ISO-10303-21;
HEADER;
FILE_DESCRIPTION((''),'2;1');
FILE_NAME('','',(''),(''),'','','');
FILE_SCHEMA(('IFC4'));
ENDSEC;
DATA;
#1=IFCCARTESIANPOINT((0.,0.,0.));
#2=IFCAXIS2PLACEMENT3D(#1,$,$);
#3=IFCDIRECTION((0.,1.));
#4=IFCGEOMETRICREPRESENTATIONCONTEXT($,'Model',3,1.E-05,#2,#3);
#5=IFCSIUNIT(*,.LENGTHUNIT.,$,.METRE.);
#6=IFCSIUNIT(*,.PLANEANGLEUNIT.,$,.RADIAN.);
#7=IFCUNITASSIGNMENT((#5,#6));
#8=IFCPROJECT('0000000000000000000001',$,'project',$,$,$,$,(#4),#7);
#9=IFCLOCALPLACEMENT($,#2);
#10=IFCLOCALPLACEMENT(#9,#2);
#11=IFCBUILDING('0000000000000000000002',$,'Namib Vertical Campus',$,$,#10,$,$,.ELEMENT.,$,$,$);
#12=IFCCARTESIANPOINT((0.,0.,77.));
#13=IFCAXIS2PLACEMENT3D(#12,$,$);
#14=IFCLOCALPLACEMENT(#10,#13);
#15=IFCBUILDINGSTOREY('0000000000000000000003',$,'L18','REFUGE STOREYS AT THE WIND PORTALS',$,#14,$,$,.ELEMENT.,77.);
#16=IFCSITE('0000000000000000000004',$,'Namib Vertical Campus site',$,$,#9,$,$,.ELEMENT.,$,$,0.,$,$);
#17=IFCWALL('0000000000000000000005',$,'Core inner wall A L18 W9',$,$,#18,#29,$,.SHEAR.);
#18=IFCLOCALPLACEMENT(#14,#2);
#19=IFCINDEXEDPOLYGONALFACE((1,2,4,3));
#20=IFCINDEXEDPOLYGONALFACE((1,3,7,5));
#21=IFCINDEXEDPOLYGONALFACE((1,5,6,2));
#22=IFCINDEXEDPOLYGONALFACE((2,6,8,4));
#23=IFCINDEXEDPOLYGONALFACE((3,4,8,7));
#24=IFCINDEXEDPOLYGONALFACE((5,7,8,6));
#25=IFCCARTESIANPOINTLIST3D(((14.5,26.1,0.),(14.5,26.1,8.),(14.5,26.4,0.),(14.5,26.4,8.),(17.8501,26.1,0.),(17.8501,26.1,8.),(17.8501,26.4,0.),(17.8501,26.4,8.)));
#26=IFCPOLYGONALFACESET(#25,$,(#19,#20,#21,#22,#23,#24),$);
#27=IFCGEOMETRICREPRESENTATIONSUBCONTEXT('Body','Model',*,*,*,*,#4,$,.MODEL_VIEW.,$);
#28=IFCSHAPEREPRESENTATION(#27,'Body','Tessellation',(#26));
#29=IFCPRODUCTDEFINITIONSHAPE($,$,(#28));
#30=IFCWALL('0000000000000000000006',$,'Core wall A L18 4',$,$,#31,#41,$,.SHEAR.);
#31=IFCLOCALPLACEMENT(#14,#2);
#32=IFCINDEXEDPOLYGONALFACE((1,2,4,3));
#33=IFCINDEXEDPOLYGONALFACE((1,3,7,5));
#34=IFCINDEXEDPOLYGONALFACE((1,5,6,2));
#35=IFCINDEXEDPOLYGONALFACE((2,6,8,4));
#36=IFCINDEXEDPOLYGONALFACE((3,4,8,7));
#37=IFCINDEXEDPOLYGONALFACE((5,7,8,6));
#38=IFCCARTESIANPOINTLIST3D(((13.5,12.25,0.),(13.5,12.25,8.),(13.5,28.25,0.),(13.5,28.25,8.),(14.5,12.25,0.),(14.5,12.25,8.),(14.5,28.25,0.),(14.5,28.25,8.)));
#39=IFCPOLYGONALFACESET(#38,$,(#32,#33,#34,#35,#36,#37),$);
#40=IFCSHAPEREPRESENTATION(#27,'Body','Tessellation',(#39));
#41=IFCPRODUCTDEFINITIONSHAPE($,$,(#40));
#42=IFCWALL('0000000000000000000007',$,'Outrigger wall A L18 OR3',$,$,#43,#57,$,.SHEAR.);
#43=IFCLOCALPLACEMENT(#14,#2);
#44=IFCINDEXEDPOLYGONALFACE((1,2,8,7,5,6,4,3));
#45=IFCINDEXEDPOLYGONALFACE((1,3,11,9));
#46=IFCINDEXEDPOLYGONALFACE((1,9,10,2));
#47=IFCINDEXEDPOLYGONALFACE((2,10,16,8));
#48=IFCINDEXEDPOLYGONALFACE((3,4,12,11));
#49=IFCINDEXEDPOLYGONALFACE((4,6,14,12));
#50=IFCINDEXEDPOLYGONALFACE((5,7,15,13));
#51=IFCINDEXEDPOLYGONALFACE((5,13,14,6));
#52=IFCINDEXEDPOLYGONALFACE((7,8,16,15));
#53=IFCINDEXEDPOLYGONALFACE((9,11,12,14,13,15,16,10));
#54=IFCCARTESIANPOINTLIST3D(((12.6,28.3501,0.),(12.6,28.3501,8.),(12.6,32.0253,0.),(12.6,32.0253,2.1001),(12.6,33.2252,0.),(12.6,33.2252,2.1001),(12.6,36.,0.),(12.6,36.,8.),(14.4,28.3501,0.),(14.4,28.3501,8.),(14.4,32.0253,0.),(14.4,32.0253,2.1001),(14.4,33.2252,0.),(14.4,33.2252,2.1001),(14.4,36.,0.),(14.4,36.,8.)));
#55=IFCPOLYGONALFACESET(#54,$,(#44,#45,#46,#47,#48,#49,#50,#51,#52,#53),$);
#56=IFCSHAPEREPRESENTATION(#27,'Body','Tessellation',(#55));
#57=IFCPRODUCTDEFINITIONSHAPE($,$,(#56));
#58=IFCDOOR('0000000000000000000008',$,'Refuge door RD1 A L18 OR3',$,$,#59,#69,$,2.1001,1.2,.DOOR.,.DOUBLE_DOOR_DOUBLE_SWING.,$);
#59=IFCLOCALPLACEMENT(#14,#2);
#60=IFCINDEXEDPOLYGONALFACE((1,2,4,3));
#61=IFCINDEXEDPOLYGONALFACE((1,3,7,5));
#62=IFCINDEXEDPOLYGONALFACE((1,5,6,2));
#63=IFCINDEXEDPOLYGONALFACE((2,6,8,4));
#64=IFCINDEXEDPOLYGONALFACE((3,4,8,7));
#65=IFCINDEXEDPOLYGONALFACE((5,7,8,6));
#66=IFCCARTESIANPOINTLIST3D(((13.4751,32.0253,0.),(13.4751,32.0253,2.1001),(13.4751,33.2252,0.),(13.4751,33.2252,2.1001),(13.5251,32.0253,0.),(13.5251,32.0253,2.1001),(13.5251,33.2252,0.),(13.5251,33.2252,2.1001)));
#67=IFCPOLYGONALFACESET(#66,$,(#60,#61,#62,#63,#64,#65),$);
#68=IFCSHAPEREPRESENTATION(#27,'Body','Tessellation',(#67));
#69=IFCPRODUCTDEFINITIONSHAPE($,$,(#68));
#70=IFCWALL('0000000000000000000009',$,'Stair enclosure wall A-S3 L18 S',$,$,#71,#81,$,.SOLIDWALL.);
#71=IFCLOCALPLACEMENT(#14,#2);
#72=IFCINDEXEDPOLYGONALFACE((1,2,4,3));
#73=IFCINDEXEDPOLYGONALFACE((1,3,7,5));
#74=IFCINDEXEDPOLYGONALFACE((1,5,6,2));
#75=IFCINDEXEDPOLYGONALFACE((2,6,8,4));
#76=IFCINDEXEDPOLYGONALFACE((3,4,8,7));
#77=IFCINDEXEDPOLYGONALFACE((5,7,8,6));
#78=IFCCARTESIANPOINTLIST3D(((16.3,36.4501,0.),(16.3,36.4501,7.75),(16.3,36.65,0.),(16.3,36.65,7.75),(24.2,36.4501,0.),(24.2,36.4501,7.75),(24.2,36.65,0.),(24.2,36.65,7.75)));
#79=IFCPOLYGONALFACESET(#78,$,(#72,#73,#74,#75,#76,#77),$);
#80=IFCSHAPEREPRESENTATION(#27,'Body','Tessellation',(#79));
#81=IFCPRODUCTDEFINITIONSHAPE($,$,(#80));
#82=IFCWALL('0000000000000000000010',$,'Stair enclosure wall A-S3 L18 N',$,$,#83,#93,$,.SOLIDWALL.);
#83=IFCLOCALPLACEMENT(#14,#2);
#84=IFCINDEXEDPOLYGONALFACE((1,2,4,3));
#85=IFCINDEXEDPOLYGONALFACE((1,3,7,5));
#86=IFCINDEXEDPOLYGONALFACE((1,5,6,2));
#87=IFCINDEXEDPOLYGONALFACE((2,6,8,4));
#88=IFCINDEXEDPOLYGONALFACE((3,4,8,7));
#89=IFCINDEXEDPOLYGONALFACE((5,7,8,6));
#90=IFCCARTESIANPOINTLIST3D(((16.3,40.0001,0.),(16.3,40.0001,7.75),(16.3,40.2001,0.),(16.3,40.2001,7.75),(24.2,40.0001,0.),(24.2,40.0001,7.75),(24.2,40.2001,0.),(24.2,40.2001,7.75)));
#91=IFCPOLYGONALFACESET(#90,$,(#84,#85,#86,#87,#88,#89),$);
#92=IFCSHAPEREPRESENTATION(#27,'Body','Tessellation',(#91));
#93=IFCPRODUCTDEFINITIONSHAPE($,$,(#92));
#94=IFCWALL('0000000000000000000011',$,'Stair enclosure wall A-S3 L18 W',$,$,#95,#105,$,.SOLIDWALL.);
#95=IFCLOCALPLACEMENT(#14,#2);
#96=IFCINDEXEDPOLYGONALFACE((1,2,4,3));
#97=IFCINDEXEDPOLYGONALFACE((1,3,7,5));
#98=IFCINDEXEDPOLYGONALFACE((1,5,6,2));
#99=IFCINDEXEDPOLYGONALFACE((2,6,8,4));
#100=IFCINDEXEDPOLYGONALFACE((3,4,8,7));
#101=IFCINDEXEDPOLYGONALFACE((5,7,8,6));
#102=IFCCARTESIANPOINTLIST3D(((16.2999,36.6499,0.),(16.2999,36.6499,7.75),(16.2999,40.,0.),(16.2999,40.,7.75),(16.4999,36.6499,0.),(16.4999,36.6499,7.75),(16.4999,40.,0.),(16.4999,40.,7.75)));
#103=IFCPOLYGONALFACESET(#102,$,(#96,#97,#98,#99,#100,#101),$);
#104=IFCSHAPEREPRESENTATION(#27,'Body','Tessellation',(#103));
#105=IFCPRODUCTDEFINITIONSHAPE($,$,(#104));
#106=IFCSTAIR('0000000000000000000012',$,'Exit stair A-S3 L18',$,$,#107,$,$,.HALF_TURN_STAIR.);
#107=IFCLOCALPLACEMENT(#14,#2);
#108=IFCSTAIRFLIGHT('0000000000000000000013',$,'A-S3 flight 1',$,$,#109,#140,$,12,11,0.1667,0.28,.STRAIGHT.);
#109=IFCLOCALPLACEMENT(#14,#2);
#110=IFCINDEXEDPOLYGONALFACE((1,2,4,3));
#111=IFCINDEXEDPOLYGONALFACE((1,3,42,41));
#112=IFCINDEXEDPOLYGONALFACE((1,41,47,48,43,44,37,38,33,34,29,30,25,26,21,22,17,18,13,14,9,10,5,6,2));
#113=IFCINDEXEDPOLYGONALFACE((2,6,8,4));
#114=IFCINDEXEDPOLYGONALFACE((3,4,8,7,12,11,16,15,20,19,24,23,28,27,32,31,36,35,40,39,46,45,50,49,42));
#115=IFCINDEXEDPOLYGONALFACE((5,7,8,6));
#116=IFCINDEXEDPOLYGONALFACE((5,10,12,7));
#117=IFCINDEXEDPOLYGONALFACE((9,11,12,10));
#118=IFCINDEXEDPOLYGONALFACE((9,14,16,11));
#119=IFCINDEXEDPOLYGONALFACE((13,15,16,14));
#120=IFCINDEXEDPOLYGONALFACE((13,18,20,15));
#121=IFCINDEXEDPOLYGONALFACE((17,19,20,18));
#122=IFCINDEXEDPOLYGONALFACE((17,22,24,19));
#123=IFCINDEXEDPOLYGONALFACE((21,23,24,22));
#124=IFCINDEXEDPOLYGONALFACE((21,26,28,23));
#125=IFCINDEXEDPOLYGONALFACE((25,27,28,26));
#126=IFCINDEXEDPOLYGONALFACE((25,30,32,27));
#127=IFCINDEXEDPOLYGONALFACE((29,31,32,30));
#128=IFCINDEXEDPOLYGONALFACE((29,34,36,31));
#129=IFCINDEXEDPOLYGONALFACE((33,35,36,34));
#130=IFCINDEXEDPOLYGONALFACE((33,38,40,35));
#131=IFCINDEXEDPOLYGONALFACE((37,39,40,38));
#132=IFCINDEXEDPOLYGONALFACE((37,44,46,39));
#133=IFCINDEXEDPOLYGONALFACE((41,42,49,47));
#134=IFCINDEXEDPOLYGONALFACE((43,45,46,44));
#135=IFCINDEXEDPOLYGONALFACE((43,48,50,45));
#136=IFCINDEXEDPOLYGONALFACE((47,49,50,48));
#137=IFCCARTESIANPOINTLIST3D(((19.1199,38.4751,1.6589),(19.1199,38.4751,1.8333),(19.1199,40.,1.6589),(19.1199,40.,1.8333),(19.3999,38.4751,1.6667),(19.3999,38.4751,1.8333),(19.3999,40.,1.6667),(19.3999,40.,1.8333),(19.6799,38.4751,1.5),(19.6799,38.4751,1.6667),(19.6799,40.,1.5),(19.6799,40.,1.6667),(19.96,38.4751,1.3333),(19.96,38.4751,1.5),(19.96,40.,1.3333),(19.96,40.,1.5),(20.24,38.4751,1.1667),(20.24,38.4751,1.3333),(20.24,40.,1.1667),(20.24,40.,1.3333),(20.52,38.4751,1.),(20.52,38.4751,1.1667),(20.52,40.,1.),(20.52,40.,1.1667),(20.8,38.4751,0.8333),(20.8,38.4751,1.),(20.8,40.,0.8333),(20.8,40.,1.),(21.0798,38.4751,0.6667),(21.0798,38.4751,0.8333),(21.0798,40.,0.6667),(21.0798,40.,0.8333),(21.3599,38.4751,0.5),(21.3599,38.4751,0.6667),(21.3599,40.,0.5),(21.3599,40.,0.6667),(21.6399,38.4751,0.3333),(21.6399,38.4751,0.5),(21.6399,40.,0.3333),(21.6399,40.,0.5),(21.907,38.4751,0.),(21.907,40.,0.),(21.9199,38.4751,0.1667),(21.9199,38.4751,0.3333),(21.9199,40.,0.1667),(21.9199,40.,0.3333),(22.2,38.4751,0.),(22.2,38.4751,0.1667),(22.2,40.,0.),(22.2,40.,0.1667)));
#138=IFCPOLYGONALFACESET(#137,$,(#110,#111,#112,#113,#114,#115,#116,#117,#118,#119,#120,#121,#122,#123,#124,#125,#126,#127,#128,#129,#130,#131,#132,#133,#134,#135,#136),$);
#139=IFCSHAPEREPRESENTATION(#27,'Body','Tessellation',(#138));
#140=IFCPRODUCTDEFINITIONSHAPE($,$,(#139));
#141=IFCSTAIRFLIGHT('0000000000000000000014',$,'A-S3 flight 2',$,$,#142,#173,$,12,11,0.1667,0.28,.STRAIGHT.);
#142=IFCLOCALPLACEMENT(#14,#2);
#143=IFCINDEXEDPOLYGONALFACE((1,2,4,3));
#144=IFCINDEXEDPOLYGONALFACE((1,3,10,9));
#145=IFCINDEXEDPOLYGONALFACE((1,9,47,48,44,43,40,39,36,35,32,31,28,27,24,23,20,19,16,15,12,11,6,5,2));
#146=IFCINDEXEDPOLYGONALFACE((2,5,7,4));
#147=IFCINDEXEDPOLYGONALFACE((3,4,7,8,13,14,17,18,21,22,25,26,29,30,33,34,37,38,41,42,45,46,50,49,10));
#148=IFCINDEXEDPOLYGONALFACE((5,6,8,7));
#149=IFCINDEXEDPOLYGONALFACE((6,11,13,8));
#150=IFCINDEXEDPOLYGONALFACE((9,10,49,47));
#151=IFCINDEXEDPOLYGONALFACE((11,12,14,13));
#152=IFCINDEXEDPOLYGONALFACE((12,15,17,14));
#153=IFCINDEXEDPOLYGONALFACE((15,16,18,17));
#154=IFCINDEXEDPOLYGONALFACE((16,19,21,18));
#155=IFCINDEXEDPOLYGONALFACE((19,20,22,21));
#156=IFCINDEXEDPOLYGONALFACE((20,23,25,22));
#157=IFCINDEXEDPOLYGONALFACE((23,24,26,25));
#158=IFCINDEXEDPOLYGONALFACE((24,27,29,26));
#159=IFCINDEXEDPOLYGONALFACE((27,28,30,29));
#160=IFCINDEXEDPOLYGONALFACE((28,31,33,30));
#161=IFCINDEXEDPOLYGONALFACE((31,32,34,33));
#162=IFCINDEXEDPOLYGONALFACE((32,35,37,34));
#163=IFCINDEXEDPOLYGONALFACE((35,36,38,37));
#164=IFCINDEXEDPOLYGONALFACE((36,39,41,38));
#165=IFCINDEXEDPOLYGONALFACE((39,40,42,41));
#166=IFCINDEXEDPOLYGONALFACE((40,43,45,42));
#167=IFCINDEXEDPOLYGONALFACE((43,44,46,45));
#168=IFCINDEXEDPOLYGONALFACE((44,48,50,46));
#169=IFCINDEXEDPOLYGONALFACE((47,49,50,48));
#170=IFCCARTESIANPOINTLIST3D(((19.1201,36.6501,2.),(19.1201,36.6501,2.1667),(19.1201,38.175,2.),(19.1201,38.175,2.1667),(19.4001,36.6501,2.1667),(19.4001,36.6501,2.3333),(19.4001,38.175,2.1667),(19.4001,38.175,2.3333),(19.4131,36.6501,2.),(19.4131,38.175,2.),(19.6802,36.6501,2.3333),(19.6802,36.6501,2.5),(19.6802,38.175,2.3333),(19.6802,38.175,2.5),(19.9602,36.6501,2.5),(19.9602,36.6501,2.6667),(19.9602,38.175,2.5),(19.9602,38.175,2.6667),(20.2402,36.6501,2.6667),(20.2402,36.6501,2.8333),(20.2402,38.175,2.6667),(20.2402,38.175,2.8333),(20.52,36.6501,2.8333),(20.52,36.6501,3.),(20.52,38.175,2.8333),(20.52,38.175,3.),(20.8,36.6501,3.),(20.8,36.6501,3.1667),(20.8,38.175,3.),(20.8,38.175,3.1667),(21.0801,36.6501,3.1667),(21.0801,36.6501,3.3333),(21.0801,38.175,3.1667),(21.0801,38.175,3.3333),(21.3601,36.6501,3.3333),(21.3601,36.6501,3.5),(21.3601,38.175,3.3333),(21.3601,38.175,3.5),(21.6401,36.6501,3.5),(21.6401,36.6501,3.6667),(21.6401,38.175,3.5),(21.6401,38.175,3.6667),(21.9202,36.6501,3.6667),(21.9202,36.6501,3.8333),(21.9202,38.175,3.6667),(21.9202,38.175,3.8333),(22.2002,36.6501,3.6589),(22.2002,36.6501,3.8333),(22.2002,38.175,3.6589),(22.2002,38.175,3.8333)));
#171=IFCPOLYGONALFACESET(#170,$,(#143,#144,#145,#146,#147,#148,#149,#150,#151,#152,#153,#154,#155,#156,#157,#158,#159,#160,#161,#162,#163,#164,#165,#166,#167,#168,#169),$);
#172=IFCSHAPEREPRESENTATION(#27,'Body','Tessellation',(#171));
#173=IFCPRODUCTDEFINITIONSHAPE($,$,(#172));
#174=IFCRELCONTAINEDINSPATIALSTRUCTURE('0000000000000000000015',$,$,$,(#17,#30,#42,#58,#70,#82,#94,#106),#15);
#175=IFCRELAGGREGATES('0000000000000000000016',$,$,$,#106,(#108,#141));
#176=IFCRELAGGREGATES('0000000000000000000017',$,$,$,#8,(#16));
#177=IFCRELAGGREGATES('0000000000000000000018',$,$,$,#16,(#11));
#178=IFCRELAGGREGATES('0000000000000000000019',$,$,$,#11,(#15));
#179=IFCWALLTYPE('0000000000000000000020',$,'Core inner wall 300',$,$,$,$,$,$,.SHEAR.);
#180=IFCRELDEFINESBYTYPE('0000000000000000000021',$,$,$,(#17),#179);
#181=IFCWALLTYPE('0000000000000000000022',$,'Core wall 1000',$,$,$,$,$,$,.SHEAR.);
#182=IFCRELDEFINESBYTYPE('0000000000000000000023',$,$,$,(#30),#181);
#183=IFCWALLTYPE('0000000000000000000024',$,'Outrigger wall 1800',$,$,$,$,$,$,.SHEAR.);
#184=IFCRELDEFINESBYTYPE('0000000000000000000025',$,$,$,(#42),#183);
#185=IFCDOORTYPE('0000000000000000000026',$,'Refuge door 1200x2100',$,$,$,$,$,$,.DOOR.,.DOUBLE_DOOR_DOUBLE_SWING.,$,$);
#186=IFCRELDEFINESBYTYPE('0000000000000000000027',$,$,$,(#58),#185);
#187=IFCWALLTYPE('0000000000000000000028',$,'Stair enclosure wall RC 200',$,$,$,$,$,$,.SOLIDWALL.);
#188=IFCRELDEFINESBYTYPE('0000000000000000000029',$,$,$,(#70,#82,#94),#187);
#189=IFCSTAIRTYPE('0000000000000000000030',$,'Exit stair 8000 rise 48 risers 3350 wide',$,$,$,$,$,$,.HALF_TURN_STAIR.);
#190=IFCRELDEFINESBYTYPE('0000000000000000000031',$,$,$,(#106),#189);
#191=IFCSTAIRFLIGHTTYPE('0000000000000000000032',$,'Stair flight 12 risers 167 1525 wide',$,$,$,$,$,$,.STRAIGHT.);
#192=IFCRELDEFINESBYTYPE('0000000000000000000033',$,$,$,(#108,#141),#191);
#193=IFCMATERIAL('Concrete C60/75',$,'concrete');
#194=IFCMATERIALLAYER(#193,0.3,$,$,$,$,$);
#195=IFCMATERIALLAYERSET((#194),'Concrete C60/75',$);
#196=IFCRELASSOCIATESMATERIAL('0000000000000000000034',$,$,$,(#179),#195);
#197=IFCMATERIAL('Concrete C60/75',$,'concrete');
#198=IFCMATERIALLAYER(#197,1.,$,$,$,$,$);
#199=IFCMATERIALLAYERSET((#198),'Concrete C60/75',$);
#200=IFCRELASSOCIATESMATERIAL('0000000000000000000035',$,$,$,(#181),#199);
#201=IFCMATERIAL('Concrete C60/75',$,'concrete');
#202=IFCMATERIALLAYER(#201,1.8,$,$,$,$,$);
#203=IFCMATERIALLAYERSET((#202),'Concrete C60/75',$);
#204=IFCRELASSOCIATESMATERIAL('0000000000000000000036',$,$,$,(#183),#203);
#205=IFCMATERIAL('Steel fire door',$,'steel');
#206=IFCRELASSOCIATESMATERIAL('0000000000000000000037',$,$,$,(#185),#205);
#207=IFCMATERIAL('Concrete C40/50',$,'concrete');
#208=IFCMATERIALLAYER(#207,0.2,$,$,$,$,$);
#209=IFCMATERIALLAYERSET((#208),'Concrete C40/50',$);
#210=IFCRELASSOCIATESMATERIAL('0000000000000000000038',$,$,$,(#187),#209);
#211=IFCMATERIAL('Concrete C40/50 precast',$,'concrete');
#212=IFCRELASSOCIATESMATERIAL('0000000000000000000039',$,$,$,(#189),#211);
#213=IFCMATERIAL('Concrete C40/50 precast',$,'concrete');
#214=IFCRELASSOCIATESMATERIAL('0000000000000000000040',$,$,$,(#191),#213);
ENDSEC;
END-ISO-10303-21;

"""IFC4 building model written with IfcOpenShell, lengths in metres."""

from ifc_helpers import new_model, si_unit, direction, frame, frame_2d, origin, place, context, subcontext, project, spatial, polyline, rectangle, outline, extrude, material, layer, layer_set, type_object, element, fill, aggregate, save


model = new_model("IFC4")

# Units and contexts
model_context = context("Model", 3, precision=1e-05, world=origin(), true_north=direction((0.0, 1.0)))
body_context = subcontext(model_context, "Body", "Model", "MODEL_VIEW")
ifc_project = project(units=[si_unit("LENGTHUNIT", "METRE"), si_unit("PLANEANGLEUNIT", "RADIAN")], contexts=[model_context])

# Site, building, storey
site_placement = place(None, origin())
site = spatial("IfcSite", under=ifc_project, at=site_placement, Name="Namib Vertical Campus site", CompositionType="ELEMENT", RefElevation=0.0)
building_placement = place(site_placement, origin())
building = spatial("IfcBuilding", under=site, at=building_placement, Name="Namib Vertical Campus", CompositionType="ELEMENT")
storey_placement = place(building_placement, frame((0.0, 0.0, 77.0)))
storey = spatial("IfcBuildingStorey", under=building, at=storey_placement, Name="L18", Description="REFUGE STOREYS AT THE WIND PORTALS", CompositionType="ELEMENT", Elevation=77.0)

# Walls
ifc_material_1 = material(Name="Concrete C60/75", Category="concrete")
ifc_layer_1 = layer(ifc_material_1, 0.3)
ifc_layer_set_1 = layer_set([ifc_layer_1], Name="Concrete C60/75")
wall_type_1 = type_object("IfcWallType", Name="Core inner wall 300", PredefinedType="SHEAR", material=ifc_layer_set_1)
for number, where, z_axis, x_axis, name in (
    (1, (14.5, 26.25, 0.0), (0.0, 0.0, 1.0), (1.0, 0.0, 0.0), "Core inner wall A L18 W9"),
):
    element("IfcWall", number, at=place(storey_placement, frame(where, z_axis=z_axis, x_axis=x_axis)), inside=storey, type_object=wall_type_1, Name=name, PredefinedType="SHEAR", context=body_context, shape_type="SweptSolid", body=[
        extrude(rectangle(XDim=3.3501, YDim=0.3, at=frame_2d((1.675, 0.0))), origin(), (0.0, 0.0, 1.0), 8.0),
    ])
ifc_material_2 = material(Name="Concrete C60/75", Category="concrete")
ifc_layer_2 = layer(ifc_material_2, 1.0)
ifc_layer_set_2 = layer_set([ifc_layer_2], Name="Concrete C60/75")
wall_type_2 = type_object("IfcWallType", Name="Core wall 1000", PredefinedType="SHEAR", material=ifc_layer_set_2)
wall_1_placement = place(storey_placement, frame((14.0, 28.25, 0.0), z_axis=(0.0, 0.0, 1.0), x_axis=(0.0, -1.0, 0.0)))
element("IfcWall", 2, at=wall_1_placement, inside=storey, type_object=wall_type_2, Name="Core wall A L18 4", PredefinedType="SHEAR", context=body_context, shape_type="SweptSolid", body=[
    extrude(rectangle(XDim=16.0, YDim=1.0, at=frame_2d((8.0, 0.0))), origin(), (0.0, 0.0, 1.0), 8.0),
])

# Wall, opening, door
ifc_material_3 = material(Name="Concrete C60/75", Category="concrete")
ifc_layer_3 = layer(ifc_material_3, 1.8)
ifc_layer_set_3 = layer_set([ifc_layer_3], Name="Concrete C60/75")
wall_type_3 = type_object("IfcWallType", Name="Outrigger wall 1800", PredefinedType="SHEAR", material=ifc_layer_set_3)
wall_2_placement = place(storey_placement, frame((13.5, 28.3501, 0.0), z_axis=(0.0, 0.0, 1.0), x_axis=(0.0, 1.0, 0.0)))
wall_2 = element("IfcWall", 3, at=wall_2_placement, inside=storey, type_object=wall_type_3, Name="Outrigger wall A L18 OR3", PredefinedType="SHEAR", context=body_context, shape_type="SweptSolid", body=[
    extrude(rectangle(XDim=7.6499, YDim=1.8, at=frame_2d((3.825, 0.0))), origin(), (0.0, 0.0, 1.0), 8.0),
])
opening_placement = place(wall_2_placement, frame((3.675, 0.0, 0.0)))
opening = element("IfcOpeningElement", 4, at=opening_placement, cuts=wall_2, PredefinedType="OPENING", context=body_context, shape_type="SweptSolid", body=[
    extrude(rectangle(XDim=1.2, YDim=2.1001, at=frame_2d((0.6001, 1.05))), frame((0.0, 0.9099, 0.0), z_axis=(0.0, -1.0, 0.0), x_axis=(1.0, 0.0, 0.0)), (0.0, 0.0, 1.0), 1.8201),
])
ifc_material_4 = material(Name="Steel fire door", Category="steel")
door_type = type_object("IfcDoorType", Name="Refuge door 1200x2100", OperationType="DOUBLE_DOOR_DOUBLE_SWING", PredefinedType="DOOR", material=ifc_material_4)
door_placement = place(opening_placement, origin())
door = element("IfcDoor", 5, at=door_placement, inside=storey, type_object=door_type, Name="Refuge door RD1 A L18 OR3", OperationType="DOUBLE_DOOR_DOUBLE_SWING", OverallHeight=2.1001, OverallWidth=1.2, PredefinedType="DOOR", context=body_context, shape_type="SweptSolid", body=[
    extrude(rectangle(XDim=1.2, YDim=2.1001, at=frame_2d((0.6001, 1.05))), frame((0.0, 0.0249, 0.0), z_axis=(0.0, -1.0, 0.0), x_axis=(1.0, 0.0, 0.0)), (0.0, 0.0, 1.0), 0.05),
])
fill(opening, door)

# Walls
ifc_material_5 = material(Name="Concrete C40/50", Category="concrete")
ifc_layer_4 = layer(ifc_material_5, 0.2)
ifc_layer_set_4 = layer_set([ifc_layer_4], Name="Concrete C40/50")
wall_type_4 = type_object("IfcWallType", Name="Stair enclosure wall RC 200", PredefinedType="SOLIDWALL", material=ifc_layer_set_4)
for number, where, z_axis, x_axis, name in (
    (6, (16.3, 36.55, 0.0), (0.0, 0.0, 1.0), (1.0, 0.0, 0.0), "Stair enclosure wall A-S3 L18 S"),
    (7, (16.3, 40.1001, 0.0), (0.0, 0.0, 1.0), (1.0, 0.0, 0.0), "Stair enclosure wall A-S3 L18 N"),
):
    element("IfcWall", number, at=place(storey_placement, frame(where, z_axis=z_axis, x_axis=x_axis)), inside=storey, type_object=wall_type_4, Name=name, PredefinedType="SOLIDWALL", context=body_context, shape_type="SweptSolid", body=[
        extrude(rectangle(XDim=7.8999, YDim=0.2, at=frame_2d((3.95, 0.0))), origin(), (0.0, 0.0, 1.0), 7.75),
    ])
wall_3_placement = place(storey_placement, frame((16.3999, 36.6499, 0.0), z_axis=(0.0, 0.0, 1.0), x_axis=(0.0, 1.0, 0.0)))
element("IfcWall", 8, at=wall_3_placement, inside=storey, type_object=wall_type_4, Name="Stair enclosure wall A-S3 L18 W", PredefinedType="SOLIDWALL", context=body_context, shape_type="SweptSolid", body=[
    extrude(rectangle(XDim=3.3501, YDim=0.2, at=frame_2d((1.675, 0.0))), origin(), (0.0, 0.0, 1.0), 7.75),
])

# Stair, stair flights
ifc_material_6 = material(Name="Concrete C40/50 precast", Category="concrete")
stair_type = type_object("IfcStairType", Name="Exit stair 8000 rise 48 risers 3350 wide", PredefinedType="HALF_TURN_STAIR", material=ifc_material_6)
stair_placement = place(storey_placement, origin())
stair = element("IfcStair", 9, at=stair_placement, inside=storey, type_object=stair_type, Name="Exit stair A-S3 L18", PredefinedType="HALF_TURN_STAIR")
ifc_material_7 = material(Name="Concrete C40/50 precast", Category="concrete")
stair_flight_type = type_object("IfcStairFlightType", Name="Stair flight 12 risers 167 1525 wide", PredefinedType="STRAIGHT", material=ifc_material_7)
stair_flight_1_placement = place(storey_placement, frame((22.2, 39.2375, 0.0), z_axis=(0.0, 0.0, 1.0), x_axis=(-1.0, 0.0, 0.0)))
stair_flight_1 = element("IfcStairFlight", 10, at=stair_flight_1_placement, type_object=stair_flight_type, Name="A-S3 flight 1", NumberOfRisers=12, NumberOfTreads=11, PredefinedType="STRAIGHT", RiserHeight=0.1667, TreadLength=0.28, context=body_context, shape_type="SweptSolid", body=[
    extrude(outline(polyline([(0.0, 0.0), (0.0, 0.1667), (0.28, 0.1667), (0.28, 0.3333), (0.5601, 0.3333), (0.5601, 0.5), (0.8401, 0.5), (0.8401, 0.6667), (1.1201, 0.6667), (1.1201, 0.8333), (1.3999, 0.8333), (1.3999, 1.0), (1.6799, 1.0), (1.6799, 1.1667), (1.96, 1.1667), (1.96, 1.3333), (2.24, 1.3333), (2.24, 1.5), (2.52, 1.5), (2.52, 1.6667), (2.8, 1.6667), (2.8, 1.8333), (3.0801, 1.8333), (3.0801, 2.0), (3.0801, 1.6589), (0.293, 0.0), (0.0, 0.0)])), frame((0.0, 0.7625, 0.0), z_axis=(0.0, -1.0, 0.0), x_axis=(1.0, 0.0, 0.0)), (0.0, 0.0, 1.0), 1.5249),
])
stair_flight_2_placement = place(storey_placement, frame((19.1201, 37.4126, 2.0), z_axis=(0.0, 0.0, 1.0), x_axis=(1.0, 0.0, 0.0)))
stair_flight_2 = element("IfcStairFlight", 11, at=stair_flight_2_placement, type_object=stair_flight_type, Name="A-S3 flight 2", NumberOfRisers=12, NumberOfTreads=11, PredefinedType="STRAIGHT", RiserHeight=0.1667, TreadLength=0.28, context=body_context, shape_type="SweptSolid", body=[
    extrude(outline(polyline([(0.0, 0.0), (0.0, 0.1667), (0.28, 0.1667), (0.28, 0.3333), (0.5601, 0.3333), (0.5601, 0.5), (0.8401, 0.5), (0.8401, 0.6667), (1.1201, 0.6667), (1.1201, 0.8333), (1.3999, 0.8333), (1.3999, 1.0), (1.6799, 1.0), (1.6799, 1.1667), (1.96, 1.1667), (1.96, 1.3333), (2.24, 1.3333), (2.24, 1.5), (2.52, 1.5), (2.52, 1.6667), (2.8, 1.6667), (2.8, 1.8333), (3.0801, 1.8333), (3.0801, 2.0), (3.0801, 1.6589), (0.293, 0.0), (0.0, 0.0)])), frame((0.0, 0.7625, 0.0), z_axis=(0.0, -1.0, 0.0), x_axis=(1.0, 0.0, 0.0)), (0.0, 0.0, 1.0), 1.5249),
])
aggregate(stair, [stair_flight_1, stair_flight_2])

save(model, "model.ifc")
